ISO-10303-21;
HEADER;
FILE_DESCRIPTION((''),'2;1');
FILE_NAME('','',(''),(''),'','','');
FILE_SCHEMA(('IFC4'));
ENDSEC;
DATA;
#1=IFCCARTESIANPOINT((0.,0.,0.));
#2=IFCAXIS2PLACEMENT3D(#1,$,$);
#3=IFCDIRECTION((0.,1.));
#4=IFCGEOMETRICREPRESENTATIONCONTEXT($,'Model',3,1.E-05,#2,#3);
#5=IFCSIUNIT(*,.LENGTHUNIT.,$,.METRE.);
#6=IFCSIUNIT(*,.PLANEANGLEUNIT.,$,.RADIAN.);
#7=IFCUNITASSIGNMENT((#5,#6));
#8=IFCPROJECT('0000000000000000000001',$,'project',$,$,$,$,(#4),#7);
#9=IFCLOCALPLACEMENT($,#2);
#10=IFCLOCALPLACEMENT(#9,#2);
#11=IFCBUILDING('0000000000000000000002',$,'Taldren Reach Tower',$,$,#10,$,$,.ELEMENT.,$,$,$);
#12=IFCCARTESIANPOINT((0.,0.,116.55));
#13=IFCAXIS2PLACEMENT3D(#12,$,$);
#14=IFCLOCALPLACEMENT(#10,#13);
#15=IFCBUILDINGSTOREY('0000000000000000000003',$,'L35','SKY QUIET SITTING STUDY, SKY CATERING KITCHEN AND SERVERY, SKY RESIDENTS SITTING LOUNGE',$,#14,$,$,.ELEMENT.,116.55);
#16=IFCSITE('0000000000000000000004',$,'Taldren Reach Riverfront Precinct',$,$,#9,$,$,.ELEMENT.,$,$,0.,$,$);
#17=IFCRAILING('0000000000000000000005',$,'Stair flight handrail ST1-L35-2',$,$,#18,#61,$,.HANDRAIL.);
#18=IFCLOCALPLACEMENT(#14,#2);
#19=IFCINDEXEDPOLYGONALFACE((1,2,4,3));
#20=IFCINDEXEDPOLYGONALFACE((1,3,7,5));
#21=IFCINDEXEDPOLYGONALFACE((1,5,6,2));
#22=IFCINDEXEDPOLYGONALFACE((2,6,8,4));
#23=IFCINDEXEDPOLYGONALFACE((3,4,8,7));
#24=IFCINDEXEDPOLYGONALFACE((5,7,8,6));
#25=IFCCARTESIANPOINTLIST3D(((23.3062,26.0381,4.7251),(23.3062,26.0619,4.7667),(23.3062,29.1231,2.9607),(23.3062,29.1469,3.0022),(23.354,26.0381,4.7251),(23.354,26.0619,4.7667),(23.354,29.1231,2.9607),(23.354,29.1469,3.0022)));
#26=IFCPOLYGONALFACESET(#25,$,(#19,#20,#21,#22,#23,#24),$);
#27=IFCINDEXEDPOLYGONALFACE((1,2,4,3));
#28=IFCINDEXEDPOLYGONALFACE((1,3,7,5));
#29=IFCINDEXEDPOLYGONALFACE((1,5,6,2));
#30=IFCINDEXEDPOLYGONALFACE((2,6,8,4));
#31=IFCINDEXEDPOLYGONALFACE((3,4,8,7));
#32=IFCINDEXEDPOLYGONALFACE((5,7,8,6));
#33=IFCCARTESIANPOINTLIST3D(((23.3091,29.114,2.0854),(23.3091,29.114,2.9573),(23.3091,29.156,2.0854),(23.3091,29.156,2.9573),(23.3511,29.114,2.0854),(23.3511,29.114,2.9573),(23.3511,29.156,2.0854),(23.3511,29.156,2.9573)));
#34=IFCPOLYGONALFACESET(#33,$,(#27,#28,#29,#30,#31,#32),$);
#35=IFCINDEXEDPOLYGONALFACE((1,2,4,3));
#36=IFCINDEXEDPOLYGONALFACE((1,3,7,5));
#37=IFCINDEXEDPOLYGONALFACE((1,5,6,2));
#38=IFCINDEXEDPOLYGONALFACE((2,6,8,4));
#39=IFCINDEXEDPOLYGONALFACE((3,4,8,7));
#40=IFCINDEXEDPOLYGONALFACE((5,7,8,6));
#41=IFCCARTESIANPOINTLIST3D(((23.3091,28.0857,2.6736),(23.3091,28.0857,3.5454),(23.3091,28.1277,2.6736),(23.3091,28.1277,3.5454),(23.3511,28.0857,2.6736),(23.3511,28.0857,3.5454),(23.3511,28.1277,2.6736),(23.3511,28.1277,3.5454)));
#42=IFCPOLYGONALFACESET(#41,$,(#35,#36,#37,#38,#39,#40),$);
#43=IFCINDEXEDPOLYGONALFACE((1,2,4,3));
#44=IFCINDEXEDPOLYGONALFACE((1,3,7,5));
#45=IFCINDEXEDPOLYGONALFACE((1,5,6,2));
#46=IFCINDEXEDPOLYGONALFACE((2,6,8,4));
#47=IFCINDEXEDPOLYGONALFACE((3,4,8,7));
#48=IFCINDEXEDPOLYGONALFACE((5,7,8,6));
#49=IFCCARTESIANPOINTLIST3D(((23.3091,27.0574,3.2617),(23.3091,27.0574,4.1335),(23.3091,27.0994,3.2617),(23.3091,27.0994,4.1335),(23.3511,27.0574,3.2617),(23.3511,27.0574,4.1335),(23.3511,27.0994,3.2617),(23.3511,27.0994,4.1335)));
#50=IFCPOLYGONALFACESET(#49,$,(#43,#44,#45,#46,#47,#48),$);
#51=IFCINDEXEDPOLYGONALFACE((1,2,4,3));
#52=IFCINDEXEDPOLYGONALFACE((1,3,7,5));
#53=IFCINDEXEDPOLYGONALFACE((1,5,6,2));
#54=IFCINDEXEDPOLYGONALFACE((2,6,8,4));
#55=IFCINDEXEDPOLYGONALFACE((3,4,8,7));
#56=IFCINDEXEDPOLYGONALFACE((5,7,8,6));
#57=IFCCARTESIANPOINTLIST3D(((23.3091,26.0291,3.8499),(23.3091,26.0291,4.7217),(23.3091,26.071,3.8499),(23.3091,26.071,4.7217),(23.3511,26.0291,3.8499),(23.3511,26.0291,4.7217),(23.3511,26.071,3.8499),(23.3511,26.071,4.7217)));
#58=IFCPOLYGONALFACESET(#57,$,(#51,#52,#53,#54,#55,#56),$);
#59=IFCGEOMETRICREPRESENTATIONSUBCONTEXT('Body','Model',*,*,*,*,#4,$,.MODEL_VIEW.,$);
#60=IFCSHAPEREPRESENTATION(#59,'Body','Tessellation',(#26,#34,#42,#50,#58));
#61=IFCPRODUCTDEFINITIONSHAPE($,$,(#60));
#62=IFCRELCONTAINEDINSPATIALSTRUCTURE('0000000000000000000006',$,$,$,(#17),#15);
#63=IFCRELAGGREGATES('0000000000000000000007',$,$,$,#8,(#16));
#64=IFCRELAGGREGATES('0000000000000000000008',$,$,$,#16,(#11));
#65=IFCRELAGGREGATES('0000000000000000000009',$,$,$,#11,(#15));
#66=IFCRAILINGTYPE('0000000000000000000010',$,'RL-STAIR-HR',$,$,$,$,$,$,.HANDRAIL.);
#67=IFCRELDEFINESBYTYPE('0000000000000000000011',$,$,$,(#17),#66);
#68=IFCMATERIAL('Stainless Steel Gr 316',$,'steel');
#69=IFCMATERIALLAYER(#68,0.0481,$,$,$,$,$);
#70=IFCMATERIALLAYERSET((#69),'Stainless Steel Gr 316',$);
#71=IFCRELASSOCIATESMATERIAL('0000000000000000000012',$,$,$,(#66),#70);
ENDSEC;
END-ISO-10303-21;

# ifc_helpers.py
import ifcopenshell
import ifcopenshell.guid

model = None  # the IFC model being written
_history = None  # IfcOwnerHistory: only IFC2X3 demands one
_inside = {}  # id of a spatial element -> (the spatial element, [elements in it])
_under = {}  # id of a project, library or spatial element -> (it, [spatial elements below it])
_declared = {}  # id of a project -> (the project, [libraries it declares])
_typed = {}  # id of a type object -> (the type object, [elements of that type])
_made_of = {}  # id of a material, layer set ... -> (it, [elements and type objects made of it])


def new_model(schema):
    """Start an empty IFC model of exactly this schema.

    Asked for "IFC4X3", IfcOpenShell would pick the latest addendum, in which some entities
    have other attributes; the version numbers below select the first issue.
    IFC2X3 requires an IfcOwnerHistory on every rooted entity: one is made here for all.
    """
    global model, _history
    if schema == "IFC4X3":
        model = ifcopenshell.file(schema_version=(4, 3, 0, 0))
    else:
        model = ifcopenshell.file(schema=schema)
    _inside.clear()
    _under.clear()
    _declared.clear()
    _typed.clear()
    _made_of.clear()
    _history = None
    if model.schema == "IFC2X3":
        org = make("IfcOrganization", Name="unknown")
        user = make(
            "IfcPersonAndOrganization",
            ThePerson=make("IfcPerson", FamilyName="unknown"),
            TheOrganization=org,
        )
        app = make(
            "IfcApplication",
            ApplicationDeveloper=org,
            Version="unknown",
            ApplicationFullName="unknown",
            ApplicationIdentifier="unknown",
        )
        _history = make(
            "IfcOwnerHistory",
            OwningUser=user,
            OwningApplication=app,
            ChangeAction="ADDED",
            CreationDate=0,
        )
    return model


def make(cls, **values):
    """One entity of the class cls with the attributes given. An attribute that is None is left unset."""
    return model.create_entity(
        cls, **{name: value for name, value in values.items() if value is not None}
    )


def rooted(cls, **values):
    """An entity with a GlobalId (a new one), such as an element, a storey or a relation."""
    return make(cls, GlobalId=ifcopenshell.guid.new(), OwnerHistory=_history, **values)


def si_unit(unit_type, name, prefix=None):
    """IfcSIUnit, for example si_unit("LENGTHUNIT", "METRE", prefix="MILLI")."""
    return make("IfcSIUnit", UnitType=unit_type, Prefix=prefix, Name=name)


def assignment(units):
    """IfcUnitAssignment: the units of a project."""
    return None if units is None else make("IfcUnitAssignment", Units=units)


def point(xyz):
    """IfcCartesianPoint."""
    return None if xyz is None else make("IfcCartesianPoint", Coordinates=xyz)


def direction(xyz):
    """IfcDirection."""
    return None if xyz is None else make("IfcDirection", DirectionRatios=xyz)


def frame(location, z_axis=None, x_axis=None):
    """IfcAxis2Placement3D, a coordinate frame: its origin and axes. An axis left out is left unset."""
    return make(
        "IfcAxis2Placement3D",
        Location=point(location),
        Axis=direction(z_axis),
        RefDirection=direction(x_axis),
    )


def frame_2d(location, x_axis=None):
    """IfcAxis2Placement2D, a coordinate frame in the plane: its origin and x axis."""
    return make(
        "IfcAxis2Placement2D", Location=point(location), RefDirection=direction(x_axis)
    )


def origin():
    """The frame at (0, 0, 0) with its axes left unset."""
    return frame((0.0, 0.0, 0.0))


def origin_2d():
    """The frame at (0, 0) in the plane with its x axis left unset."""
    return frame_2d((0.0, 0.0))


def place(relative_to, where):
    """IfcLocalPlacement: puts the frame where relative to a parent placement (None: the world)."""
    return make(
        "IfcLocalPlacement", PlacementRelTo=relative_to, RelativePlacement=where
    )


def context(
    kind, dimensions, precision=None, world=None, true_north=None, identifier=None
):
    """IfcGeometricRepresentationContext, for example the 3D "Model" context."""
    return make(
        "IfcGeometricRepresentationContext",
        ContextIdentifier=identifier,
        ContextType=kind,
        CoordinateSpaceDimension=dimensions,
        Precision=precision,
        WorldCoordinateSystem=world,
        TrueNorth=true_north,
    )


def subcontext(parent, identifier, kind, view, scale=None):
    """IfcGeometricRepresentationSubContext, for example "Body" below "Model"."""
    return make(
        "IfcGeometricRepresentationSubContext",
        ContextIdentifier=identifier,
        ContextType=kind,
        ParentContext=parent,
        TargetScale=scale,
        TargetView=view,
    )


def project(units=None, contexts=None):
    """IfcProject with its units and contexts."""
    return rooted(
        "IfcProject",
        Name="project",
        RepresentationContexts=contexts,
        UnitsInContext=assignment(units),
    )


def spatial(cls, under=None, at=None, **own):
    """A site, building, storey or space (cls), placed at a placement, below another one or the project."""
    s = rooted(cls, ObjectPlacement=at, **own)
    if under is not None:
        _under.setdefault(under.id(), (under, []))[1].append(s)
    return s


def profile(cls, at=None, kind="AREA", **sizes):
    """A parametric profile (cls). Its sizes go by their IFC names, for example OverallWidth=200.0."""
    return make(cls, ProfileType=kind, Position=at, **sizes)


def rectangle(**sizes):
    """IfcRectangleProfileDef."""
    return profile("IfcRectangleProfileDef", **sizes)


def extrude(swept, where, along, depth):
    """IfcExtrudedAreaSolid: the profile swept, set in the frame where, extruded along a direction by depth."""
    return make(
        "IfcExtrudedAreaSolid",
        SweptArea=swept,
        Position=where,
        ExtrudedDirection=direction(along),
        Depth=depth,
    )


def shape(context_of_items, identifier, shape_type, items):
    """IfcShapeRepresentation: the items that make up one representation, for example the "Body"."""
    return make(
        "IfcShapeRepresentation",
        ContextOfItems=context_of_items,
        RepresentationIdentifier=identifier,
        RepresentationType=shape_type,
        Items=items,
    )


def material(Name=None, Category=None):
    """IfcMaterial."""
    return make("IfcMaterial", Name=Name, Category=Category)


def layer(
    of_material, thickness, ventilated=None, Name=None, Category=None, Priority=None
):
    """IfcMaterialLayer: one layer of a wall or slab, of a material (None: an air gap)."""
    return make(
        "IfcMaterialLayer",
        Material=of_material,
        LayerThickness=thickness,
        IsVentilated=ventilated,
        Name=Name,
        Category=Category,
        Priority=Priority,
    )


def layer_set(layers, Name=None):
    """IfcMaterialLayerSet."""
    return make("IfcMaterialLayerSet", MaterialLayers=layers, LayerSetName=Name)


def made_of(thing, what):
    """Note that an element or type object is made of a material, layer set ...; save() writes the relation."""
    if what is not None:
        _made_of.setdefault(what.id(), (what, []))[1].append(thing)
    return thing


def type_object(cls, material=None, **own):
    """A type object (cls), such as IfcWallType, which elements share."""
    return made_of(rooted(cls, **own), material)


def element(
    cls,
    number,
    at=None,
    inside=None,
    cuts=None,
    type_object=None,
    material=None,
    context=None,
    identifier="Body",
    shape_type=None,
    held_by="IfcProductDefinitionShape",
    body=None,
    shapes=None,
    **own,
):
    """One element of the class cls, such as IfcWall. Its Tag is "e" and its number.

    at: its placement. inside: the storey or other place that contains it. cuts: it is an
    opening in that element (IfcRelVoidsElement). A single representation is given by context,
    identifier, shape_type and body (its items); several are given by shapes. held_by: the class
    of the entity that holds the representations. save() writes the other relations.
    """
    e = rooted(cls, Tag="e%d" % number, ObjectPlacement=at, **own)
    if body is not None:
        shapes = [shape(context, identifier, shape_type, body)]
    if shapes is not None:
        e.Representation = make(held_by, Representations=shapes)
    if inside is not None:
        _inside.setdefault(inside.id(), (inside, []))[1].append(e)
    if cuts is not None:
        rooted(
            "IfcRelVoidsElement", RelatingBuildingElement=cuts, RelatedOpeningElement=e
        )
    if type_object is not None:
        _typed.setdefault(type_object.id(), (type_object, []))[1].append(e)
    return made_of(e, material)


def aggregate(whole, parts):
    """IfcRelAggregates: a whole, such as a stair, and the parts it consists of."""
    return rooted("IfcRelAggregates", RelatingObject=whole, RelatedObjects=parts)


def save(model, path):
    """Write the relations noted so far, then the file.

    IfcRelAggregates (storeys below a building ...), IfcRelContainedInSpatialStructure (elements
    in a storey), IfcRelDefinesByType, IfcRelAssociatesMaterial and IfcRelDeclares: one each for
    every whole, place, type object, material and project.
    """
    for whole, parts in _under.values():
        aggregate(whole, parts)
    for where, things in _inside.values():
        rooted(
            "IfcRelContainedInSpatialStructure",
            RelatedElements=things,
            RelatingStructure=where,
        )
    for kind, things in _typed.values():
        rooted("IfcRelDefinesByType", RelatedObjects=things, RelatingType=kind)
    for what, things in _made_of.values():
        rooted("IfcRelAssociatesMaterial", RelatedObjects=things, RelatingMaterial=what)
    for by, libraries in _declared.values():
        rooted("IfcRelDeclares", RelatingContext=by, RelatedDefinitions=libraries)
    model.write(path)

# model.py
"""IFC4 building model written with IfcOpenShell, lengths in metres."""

from ifc_helpers import new_model, si_unit, direction, frame, origin, origin_2d, place, context, subcontext, project, spatial, rectangle, extrude, material, layer, layer_set, type_object, element, save


model = new_model("IFC4")

# Units and contexts
model_context = context("Model", 3, precision=1e-05, world=origin(), true_north=direction((0.0, 1.0)))
body_context = subcontext(model_context, "Body", "Model", "MODEL_VIEW")
ifc_project = project(units=[si_unit("LENGTHUNIT", "METRE"), si_unit("PLANEANGLEUNIT", "RADIAN")], contexts=[model_context])

# Site, building, storey
site_placement = place(None, origin())
site = spatial("IfcSite", under=ifc_project, at=site_placement, Name="Taldren Reach Riverfront Precinct", CompositionType="ELEMENT", RefElevation=0.0)
building_placement = place(site_placement, origin())
building = spatial("IfcBuilding", under=site, at=building_placement, Name="Taldren Reach Tower", CompositionType="ELEMENT")
storey_placement = place(building_placement, frame((0.0, 0.0, 116.55)))
storey = spatial("IfcBuildingStorey", under=building, at=storey_placement, Name="L35", Description="SKY QUIET SITTING STUDY, SKY CATERING KITCHEN AND SERVERY, SKY RESIDENTS SITTING LOUNGE", CompositionType="ELEMENT", Elevation=116.55)

# Railing
ifc_material_1 = material(Name="Stainless Steel Gr 316", Category="steel")
ifc_layer_1 = layer(ifc_material_1, 0.0481)
ifc_layer_set_1 = layer_set([ifc_layer_1], Name="Stainless Steel Gr 316")
railing_type_1 = type_object("IfcRailingType", Name="RL-STAIR-HR", PredefinedType="HANDRAIL", material=ifc_layer_set_1)
railing_1_placement = place(storey_placement, frame((23.3301, 29.135, 2.0854)))
element("IfcRailing", 1, at=railing_1_placement, inside=storey, type_object=railing_type_1, Name="Stair flight handrail ST1-L35-2", PredefinedType="HANDRAIL", context=body_context, shape_type="SweptSolid", body=[
    extrude(rectangle(XDim=0.0479, YDim=0.0479, at=origin_2d()), frame((0.0, 0.0, 0.896), z_axis=(0.0, -0.868053, 0.496472), x_axis=(1.0, 0.0, 0.0)), (0.0, 0.0, 1.0), 3.554),
    extrude(rectangle(XDim=0.042, YDim=0.042, at=origin_2d()), origin(), (0.0, 0.0, 1.0), 0.8718),
    extrude(rectangle(XDim=0.042, YDim=0.042, at=origin_2d()), frame((0.0, -1.0283, 0.5881)), (0.0, 0.0, 1.0), 0.8718),
    extrude(rectangle(XDim=0.042, YDim=0.042, at=origin_2d()), frame((0.0, -2.0566, 1.1763)), (0.0, 0.0, 1.0), 0.8718),
    extrude(rectangle(XDim=0.042, YDim=0.042, at=origin_2d()), frame((0.0, -3.085, 1.7644)), (0.0, 0.0, 1.0), 0.8718),
])

save(model, "model.ifc")
